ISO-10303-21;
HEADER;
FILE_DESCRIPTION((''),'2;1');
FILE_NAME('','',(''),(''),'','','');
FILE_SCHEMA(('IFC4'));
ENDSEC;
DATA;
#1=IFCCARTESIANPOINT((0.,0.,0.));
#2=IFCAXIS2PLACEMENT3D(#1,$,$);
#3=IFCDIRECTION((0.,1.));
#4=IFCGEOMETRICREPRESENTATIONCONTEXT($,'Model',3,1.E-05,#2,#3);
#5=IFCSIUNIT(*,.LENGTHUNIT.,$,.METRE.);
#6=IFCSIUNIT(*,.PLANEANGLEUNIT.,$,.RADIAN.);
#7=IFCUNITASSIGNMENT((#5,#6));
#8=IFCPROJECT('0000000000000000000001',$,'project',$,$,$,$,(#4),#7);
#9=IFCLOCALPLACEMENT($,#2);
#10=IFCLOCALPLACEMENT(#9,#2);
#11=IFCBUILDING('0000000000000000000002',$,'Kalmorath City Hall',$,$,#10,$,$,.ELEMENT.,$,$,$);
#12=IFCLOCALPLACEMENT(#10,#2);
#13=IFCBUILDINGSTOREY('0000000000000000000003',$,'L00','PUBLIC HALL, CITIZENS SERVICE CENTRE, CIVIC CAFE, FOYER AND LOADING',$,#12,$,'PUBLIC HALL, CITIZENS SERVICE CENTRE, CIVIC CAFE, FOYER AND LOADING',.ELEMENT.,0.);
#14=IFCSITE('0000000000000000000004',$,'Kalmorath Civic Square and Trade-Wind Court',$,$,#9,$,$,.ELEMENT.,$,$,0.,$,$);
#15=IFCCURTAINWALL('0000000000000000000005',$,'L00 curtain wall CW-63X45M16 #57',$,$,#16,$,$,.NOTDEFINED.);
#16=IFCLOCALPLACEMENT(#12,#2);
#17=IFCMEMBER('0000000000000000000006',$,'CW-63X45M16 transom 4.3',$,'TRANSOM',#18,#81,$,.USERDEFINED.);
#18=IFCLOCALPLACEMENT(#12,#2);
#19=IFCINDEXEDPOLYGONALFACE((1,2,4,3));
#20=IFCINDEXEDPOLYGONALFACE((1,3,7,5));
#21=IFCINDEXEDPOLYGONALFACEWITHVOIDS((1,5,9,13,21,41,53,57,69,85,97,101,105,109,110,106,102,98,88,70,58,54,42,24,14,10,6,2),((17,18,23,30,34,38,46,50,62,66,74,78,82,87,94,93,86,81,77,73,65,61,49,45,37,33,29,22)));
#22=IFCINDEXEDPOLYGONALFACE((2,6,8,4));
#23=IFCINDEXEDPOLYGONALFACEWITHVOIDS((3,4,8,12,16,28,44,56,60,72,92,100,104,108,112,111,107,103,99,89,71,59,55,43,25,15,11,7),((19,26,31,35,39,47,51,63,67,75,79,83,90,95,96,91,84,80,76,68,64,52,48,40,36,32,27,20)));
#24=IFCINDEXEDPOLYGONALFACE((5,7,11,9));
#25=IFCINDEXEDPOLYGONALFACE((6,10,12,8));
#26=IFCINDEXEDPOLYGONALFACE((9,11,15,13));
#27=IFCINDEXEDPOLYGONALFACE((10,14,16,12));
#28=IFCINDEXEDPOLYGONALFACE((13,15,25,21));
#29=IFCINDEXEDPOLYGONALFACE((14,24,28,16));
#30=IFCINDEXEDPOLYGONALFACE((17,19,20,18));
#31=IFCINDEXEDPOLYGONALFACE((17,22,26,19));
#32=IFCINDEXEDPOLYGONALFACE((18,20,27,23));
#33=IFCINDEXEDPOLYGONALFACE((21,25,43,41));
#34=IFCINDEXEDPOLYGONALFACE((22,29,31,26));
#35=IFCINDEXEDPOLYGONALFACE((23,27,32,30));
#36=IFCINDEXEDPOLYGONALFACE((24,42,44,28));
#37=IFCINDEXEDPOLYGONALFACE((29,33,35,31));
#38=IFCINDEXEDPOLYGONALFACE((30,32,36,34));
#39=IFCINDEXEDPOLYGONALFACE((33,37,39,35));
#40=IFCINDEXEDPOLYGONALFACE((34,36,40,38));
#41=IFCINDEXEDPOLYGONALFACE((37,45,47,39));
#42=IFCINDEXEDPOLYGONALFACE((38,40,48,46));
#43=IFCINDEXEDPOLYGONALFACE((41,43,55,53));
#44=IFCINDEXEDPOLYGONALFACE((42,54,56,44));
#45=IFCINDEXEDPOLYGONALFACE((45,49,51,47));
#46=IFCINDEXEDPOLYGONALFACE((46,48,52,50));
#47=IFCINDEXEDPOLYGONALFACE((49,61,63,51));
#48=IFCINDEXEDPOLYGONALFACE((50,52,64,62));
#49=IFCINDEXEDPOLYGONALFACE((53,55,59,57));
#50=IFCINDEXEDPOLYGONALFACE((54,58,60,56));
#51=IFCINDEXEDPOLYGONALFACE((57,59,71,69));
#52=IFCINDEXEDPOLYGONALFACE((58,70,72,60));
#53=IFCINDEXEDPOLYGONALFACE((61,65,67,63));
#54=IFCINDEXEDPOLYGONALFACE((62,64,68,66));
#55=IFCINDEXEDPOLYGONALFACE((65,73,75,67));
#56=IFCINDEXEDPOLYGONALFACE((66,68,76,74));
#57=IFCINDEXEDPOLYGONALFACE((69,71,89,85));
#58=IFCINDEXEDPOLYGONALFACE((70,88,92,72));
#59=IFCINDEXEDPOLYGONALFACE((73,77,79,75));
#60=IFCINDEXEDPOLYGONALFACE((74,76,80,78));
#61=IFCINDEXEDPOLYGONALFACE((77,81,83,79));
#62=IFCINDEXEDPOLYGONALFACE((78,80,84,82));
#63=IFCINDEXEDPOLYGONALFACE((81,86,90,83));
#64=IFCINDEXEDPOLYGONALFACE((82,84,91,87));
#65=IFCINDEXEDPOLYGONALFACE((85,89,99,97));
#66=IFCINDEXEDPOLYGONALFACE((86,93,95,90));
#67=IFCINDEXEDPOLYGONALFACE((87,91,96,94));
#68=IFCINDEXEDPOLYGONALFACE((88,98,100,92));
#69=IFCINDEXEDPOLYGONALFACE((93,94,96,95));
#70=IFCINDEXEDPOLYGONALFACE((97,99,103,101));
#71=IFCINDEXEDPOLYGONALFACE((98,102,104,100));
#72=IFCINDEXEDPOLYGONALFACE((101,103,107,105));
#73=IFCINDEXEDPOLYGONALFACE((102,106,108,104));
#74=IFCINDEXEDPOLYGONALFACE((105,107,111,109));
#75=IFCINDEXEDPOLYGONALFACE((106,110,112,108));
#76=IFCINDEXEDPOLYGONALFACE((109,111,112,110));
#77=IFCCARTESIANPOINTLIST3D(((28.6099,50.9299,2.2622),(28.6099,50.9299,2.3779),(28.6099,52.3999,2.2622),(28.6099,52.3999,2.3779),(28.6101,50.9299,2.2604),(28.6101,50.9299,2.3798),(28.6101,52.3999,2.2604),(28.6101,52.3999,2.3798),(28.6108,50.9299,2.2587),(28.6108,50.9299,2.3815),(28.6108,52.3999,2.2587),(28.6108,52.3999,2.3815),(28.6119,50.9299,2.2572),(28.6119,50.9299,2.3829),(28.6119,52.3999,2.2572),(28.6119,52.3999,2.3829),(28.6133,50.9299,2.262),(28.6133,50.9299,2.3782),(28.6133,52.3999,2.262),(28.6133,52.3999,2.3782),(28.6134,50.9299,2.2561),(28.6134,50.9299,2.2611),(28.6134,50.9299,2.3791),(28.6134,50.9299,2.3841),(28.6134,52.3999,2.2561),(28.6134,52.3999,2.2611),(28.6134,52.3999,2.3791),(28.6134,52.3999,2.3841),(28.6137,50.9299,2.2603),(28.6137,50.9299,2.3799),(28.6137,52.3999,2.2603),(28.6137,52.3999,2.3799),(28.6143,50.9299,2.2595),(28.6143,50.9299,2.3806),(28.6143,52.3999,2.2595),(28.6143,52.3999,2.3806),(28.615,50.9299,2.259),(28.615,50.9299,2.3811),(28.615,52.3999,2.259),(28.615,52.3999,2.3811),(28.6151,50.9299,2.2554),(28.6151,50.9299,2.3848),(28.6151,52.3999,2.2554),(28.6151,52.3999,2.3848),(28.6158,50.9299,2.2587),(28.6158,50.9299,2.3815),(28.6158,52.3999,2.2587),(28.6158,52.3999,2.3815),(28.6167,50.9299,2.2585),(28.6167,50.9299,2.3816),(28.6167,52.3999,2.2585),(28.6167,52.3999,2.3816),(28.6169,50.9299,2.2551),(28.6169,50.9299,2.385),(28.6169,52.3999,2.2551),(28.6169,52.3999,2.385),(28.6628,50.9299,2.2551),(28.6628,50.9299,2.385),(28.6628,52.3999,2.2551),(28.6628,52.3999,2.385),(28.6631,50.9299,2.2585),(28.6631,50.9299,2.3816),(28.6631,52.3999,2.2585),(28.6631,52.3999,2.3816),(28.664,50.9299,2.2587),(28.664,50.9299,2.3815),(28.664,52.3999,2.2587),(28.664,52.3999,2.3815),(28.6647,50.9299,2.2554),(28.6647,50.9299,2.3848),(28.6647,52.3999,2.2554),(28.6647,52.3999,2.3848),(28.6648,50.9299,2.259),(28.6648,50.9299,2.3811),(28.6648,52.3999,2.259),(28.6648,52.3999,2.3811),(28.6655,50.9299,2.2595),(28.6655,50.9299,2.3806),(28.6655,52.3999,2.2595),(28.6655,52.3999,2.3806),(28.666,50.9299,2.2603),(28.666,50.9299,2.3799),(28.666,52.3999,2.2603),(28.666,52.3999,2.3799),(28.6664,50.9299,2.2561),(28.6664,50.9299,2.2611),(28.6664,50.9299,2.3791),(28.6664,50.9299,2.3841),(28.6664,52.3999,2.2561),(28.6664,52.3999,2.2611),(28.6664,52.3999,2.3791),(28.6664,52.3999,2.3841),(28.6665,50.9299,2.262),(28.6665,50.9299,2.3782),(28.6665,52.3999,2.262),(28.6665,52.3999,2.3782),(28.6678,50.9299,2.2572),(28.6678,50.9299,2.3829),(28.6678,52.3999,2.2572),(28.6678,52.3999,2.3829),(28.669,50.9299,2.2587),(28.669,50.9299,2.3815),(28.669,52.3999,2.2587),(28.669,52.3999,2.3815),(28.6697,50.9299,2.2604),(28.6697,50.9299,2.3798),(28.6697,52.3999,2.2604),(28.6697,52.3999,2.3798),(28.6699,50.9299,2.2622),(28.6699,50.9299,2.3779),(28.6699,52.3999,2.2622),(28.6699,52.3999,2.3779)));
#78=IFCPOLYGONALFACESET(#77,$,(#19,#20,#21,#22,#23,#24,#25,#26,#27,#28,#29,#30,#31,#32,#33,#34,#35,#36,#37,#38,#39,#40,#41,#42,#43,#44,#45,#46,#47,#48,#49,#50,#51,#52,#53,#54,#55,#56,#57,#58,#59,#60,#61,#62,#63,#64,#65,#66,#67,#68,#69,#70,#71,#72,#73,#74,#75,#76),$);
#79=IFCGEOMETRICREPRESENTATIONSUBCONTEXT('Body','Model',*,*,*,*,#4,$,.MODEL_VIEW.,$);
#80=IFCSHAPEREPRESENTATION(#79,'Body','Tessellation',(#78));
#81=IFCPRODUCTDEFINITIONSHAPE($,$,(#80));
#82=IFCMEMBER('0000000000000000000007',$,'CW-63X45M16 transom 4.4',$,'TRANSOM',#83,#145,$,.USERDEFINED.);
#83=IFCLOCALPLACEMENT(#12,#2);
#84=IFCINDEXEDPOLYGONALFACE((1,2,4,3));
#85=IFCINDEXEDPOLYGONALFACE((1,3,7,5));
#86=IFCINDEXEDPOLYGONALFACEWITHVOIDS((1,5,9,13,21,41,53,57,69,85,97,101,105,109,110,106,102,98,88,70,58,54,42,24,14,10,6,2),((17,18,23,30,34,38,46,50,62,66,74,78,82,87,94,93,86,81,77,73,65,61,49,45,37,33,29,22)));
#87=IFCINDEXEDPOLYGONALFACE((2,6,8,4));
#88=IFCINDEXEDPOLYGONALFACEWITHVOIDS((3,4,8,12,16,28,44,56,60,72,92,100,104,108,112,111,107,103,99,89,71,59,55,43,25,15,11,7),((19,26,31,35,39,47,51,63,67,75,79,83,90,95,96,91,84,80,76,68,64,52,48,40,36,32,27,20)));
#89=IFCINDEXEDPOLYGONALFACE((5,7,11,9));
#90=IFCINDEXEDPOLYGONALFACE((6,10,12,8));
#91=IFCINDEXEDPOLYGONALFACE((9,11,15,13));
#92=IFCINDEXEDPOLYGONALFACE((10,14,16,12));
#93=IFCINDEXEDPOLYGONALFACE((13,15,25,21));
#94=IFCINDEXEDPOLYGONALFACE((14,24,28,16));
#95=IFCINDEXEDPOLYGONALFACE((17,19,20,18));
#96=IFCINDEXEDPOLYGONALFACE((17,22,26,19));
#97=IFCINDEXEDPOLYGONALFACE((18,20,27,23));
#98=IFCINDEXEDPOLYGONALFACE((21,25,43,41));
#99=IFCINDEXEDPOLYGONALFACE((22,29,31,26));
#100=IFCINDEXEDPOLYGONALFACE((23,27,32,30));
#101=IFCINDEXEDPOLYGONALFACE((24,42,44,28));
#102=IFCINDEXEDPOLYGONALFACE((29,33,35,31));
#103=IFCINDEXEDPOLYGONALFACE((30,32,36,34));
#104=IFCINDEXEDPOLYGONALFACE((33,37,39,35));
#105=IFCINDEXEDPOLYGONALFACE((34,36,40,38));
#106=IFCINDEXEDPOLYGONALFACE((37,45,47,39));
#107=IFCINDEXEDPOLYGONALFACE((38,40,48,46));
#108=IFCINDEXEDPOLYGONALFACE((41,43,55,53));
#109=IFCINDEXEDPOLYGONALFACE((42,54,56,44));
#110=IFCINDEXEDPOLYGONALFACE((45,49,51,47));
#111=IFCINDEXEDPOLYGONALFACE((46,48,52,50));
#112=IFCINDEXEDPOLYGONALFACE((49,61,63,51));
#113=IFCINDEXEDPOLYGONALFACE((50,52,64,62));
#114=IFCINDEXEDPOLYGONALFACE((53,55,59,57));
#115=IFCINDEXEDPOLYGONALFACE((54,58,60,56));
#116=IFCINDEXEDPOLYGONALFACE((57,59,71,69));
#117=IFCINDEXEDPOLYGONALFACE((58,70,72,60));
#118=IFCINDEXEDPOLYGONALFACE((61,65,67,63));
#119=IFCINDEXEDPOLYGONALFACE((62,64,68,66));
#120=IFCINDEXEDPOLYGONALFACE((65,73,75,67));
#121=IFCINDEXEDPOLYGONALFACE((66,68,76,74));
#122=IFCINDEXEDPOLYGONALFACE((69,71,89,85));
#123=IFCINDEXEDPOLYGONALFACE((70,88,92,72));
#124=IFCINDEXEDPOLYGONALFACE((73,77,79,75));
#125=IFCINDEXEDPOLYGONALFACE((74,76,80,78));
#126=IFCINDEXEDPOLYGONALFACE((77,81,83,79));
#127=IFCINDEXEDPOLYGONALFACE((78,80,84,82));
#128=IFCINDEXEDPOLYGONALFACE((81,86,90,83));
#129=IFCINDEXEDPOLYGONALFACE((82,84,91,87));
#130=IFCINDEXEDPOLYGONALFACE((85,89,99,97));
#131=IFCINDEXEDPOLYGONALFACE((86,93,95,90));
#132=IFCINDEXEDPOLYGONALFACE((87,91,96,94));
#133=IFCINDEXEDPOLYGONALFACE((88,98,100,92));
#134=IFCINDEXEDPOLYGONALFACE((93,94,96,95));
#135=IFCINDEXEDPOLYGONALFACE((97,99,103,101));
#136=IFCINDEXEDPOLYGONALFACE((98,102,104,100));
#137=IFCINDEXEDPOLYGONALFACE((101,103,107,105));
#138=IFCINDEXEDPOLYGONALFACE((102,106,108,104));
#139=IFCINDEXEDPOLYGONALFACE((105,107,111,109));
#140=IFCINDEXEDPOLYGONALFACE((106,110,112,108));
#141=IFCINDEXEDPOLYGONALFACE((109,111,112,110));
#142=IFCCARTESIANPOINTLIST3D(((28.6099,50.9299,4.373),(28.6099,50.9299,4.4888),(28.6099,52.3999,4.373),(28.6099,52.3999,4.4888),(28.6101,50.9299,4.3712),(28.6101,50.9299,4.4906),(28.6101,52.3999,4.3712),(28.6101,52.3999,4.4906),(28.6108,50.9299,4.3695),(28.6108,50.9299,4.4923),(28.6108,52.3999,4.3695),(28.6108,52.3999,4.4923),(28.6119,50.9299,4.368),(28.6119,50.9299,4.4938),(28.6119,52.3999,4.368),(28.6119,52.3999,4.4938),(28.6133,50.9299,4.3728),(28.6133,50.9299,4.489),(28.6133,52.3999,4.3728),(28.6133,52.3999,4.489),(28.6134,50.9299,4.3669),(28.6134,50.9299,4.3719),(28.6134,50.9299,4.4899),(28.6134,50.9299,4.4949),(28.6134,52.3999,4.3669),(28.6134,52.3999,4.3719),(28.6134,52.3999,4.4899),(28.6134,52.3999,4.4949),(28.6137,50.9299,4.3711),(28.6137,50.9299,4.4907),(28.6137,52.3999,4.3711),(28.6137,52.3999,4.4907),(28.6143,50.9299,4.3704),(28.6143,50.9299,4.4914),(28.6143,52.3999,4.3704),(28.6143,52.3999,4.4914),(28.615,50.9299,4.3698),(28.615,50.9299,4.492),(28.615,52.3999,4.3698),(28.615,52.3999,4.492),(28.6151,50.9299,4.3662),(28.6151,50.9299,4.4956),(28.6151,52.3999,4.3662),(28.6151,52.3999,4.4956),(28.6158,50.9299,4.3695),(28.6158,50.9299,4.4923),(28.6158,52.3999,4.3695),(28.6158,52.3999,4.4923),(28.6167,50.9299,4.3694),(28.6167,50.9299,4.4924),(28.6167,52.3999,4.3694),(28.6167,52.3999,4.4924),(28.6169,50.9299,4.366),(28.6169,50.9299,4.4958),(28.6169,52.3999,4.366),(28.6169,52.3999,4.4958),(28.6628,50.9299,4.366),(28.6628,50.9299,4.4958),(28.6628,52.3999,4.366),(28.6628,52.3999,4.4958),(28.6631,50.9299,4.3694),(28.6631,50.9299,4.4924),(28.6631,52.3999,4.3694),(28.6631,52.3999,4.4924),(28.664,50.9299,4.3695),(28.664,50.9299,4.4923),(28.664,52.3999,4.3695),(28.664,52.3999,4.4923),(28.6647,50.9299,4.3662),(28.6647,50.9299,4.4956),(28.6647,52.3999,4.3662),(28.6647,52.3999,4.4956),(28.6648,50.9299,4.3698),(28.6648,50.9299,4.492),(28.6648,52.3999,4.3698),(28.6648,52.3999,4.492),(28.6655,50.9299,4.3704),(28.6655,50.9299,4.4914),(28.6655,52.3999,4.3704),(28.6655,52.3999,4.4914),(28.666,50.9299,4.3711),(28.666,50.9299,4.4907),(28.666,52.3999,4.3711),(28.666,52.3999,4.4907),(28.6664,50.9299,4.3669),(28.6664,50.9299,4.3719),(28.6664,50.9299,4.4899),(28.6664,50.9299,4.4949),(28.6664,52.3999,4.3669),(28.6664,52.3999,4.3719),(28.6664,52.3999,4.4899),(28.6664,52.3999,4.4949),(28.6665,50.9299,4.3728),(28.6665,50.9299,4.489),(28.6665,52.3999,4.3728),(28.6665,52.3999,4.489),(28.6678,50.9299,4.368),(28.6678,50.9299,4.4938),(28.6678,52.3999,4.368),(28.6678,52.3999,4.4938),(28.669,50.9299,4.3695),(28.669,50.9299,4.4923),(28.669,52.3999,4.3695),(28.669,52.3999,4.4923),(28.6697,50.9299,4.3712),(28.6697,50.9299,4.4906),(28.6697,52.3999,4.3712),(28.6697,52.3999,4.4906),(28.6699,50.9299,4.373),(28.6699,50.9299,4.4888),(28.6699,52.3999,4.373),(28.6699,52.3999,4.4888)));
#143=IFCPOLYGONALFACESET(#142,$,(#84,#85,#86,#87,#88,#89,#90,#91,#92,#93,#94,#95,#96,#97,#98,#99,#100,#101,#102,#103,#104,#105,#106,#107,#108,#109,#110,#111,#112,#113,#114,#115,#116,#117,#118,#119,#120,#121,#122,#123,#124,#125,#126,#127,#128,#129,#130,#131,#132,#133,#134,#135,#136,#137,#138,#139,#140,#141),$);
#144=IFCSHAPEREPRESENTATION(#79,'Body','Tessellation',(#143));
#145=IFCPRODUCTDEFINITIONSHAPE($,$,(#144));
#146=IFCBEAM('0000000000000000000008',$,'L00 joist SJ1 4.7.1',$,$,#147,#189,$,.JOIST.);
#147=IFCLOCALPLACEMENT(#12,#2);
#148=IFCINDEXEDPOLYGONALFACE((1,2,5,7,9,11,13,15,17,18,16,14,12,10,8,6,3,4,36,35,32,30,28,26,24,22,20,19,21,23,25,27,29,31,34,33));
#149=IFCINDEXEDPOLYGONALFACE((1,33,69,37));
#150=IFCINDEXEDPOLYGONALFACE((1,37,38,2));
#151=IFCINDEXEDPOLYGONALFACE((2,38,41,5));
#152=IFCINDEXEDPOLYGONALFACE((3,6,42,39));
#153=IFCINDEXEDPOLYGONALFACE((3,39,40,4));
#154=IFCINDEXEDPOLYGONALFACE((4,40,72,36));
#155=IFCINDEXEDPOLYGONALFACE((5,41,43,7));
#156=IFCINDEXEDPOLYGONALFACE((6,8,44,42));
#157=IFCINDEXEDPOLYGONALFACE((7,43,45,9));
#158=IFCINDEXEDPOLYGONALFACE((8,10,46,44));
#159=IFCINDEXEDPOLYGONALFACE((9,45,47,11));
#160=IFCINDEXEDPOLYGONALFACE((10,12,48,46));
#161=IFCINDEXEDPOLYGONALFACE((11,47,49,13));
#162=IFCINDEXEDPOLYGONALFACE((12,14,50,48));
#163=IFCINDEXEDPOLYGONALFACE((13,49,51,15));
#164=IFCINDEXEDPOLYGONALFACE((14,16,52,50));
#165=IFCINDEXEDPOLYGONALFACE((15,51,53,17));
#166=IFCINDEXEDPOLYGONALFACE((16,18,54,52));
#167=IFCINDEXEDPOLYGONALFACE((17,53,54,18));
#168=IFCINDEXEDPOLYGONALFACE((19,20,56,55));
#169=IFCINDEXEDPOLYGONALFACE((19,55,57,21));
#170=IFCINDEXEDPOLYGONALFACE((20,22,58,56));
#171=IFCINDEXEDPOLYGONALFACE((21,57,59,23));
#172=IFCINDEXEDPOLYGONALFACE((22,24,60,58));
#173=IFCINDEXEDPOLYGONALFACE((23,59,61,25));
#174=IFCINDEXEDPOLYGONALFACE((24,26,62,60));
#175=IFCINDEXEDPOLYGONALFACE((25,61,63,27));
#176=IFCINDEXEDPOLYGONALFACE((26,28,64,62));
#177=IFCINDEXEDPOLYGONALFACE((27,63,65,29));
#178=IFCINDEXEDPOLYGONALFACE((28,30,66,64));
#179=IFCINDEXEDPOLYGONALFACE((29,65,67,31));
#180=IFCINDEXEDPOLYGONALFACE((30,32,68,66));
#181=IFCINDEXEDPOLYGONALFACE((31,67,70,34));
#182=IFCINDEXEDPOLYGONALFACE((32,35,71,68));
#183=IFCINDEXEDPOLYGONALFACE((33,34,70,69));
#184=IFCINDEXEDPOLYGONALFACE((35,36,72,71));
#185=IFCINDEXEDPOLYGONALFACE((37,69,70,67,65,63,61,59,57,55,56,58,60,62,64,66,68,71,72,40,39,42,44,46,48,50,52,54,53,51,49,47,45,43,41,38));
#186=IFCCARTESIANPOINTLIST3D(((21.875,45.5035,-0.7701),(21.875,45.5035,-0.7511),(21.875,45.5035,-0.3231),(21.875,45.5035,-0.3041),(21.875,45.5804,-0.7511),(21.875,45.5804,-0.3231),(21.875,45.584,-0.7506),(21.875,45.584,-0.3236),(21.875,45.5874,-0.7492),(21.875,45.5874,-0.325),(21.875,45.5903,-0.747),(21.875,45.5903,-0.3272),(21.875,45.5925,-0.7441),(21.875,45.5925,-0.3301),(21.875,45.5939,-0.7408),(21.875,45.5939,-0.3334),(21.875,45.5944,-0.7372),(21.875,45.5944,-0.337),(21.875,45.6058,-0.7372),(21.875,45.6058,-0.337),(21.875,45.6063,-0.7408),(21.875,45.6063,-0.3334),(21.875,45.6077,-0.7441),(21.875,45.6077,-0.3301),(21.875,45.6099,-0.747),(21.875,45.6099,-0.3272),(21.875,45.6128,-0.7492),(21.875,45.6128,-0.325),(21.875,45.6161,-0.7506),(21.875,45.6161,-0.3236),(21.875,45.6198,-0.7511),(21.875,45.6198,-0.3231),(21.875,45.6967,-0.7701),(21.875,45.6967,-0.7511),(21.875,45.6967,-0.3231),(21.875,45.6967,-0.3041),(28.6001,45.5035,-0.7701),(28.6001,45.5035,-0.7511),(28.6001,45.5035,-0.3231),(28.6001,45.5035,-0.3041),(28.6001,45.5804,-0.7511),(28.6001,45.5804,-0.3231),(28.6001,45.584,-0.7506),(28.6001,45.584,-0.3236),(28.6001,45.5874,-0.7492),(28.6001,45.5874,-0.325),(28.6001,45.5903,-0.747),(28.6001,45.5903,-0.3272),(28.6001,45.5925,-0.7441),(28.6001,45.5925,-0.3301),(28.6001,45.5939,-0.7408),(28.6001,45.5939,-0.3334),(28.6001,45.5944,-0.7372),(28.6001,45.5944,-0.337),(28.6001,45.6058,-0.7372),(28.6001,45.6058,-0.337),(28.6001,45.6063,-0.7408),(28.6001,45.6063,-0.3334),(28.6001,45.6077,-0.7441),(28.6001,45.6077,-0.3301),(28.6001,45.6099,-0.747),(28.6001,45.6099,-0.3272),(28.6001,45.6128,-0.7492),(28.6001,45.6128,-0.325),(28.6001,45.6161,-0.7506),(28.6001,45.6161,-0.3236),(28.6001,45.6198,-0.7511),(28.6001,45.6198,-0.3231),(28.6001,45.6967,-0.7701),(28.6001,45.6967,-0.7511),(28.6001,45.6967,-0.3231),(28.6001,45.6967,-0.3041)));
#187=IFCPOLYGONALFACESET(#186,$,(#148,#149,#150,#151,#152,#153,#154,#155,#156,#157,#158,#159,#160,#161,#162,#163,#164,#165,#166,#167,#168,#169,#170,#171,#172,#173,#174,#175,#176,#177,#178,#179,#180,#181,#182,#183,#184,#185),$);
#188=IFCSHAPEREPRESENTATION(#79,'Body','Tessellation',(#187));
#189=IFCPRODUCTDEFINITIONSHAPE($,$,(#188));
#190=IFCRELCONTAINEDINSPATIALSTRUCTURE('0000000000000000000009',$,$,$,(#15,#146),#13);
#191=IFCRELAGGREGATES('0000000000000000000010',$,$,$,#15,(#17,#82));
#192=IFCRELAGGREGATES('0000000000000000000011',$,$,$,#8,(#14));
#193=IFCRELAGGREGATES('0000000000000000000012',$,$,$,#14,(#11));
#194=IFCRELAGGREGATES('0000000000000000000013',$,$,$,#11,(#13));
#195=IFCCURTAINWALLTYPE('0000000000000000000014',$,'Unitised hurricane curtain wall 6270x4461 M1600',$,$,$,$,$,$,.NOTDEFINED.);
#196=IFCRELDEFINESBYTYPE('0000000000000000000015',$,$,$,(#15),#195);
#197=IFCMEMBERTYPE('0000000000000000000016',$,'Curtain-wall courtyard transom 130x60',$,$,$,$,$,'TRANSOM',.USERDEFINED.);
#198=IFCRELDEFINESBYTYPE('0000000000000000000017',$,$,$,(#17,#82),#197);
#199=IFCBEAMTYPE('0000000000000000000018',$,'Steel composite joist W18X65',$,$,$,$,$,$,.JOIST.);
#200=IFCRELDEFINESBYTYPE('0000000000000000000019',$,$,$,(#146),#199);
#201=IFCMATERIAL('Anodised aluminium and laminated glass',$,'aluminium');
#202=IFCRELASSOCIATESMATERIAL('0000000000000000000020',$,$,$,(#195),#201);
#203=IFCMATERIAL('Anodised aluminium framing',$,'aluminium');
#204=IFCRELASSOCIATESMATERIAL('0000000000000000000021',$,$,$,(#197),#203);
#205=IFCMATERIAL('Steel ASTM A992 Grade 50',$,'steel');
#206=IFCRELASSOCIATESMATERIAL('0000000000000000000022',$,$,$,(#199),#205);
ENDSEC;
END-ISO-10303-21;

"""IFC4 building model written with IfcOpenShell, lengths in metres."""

from ifc_helpers import new_model, si_unit, direction, frame, origin, origin_2d, place, context, subcontext, project, spatial, hollow_rectangle, i_section, extrude, material, material_profile, profile_set, type_object, element, aggregate, save


model = new_model("IFC4")

# Units and contexts
model_context = context("Model", 3, precision=1e-05, world=origin(), true_north=direction((0.0, 1.0)))
body_context = subcontext(model_context, "Body", "Model", "MODEL_VIEW")
ifc_project = project(units=[si_unit("LENGTHUNIT", "METRE"), si_unit("PLANEANGLEUNIT", "RADIAN")], contexts=[model_context])

# Site, building, storey
site_placement = place(None, origin())
site = spatial("IfcSite", under=ifc_project, at=site_placement, Name="Kalmorath Civic Square and Trade-Wind Court", CompositionType="ELEMENT", RefElevation=0.0)
building_placement = place(site_placement, origin())
building = spatial("IfcBuilding", under=site, at=building_placement, Name="Kalmorath City Hall", CompositionType="ELEMENT")
storey_placement = place(building_placement, origin())
storey = spatial("IfcBuildingStorey", under=building, at=storey_placement, Name="L00", Description="PUBLIC HALL, CITIZENS SERVICE CENTRE, CIVIC CAFE, FOYER AND LOADING", LongName="PUBLIC HALL, CITIZENS SERVICE CENTRE, CIVIC CAFE, FOYER AND LOADING", CompositionType="ELEMENT", Elevation=0.0)

# Curtain wall, members
ifc_material_1 = material(Name="Anodised aluminium and laminated glass", Category="aluminium")
curtain_wall_type = type_object("IfcCurtainWallType", Name="Unitised hurricane curtain wall 6270x4461 M1600", PredefinedType="NOTDEFINED", material=ifc_material_1)
curtain_wall_placement = place(storey_placement, origin())
curtain_wall = element("IfcCurtainWall", 1, at=curtain_wall_placement, inside=storey, type_object=curtain_wall_type, Name="L00 curtain wall CW-63X45M16 #57", PredefinedType="NOTDEFINED")
ifc_material_2 = material(Name="Anodised aluminium framing", Category="aluminium")
ifc_material_profile_1 = material_profile(ifc_material_2, hollow_rectangle(XDim=0.0601, YDim=0.1299, WallThickness=0.0034, InnerFilletRadius=0.0034, OuterFilletRadius=0.0071, at=origin_2d()), Name="ALU-TRN-130X60X3.5")
ifc_profile_set_1 = profile_set([ifc_material_profile_1], Name="Anodised aluminium framing")
member_type_1 = type_object("IfcMemberType", Name="Curtain-wall courtyard transom 130x60", ElementType="TRANSOM", PredefinedType="USERDEFINED", material=ifc_profile_set_1)
member_1_placement = place(storey_placement, frame((28.6399, 52.3999, 2.3201), z_axis=(0.0, -1.0, 0.0), x_axis=(1.0, 0.0, 0.0)))
member_1 = element("IfcMember", 2, at=member_1_placement, type_object=member_type_1, Name="CW-63X45M16 transom 4.3", ObjectType="TRANSOM", PredefinedType="USERDEFINED", context=body_context, shape_type="SweptSolid", body=[
    extrude(hollow_rectangle(XDim=0.0601, YDim=0.1299, WallThickness=0.0034, InnerFilletRadius=0.0034, OuterFilletRadius=0.0071, at=origin_2d()), origin(), (0.0, 0.0, 1.0), 1.47),
])
member_2_placement = place(storey_placement, frame((28.6399, 52.3999, 4.4309), z_axis=(0.0, -1.0, 0.0), x_axis=(1.0, 0.0, 0.0)))
member_2 = element("IfcMember", 3, at=member_2_placement, type_object=member_type_1, Name="CW-63X45M16 transom 4.4", ObjectType="TRANSOM", PredefinedType="USERDEFINED", context=body_context, shape_type="SweptSolid", body=[
    extrude(hollow_rectangle(XDim=0.0601, YDim=0.1299, WallThickness=0.0034, InnerFilletRadius=0.0034, OuterFilletRadius=0.0071, at=origin_2d()), origin(), (0.0, 0.0, 1.0), 1.47),
])

# Beam
ifc_material_3 = material(Name="Steel ASTM A992 Grade 50", Category="steel")
ifc_material_profile_2 = material_profile(ifc_material_3, i_section(OverallWidth=0.1931, OverallDepth=0.4661, WebThickness=0.0115, FlangeThickness=0.019, FilletRadius=0.0139, at=origin_2d()), Name="W18X65")
ifc_profile_set_2 = profile_set([ifc_material_profile_2], Name="Steel ASTM A992 Grade 50")
beam_type_1 = type_object("IfcBeamType", Name="Steel composite joist W18X65", PredefinedType="JOIST", material=ifc_profile_set_2)
for number, where, z_axis, x_axis, name in (
    (4, (21.875, 45.6001, -0.5371), (1.0, 0.0, 0.0), (0.0, 1.0, 0.0), "L00 joist SJ1 4.7.1"),
):
    element("IfcBeam", number, at=place(storey_placement, frame(where, z_axis=z_axis, x_axis=x_axis)), inside=storey, type_object=beam_type_1, Name=name, PredefinedType="JOIST", context=body_context, shape_type="SweptSolid", body=[
        extrude(i_section(OverallWidth=0.1931, OverallDepth=0.4661, WebThickness=0.0115, FlangeThickness=0.019, FilletRadius=0.0139, at=origin_2d()), origin(), (0.0, 0.0, 1.0), 6.7251),
    ])

aggregate(curtain_wall, [member_1, member_2])

save(model, "model.ifc")
